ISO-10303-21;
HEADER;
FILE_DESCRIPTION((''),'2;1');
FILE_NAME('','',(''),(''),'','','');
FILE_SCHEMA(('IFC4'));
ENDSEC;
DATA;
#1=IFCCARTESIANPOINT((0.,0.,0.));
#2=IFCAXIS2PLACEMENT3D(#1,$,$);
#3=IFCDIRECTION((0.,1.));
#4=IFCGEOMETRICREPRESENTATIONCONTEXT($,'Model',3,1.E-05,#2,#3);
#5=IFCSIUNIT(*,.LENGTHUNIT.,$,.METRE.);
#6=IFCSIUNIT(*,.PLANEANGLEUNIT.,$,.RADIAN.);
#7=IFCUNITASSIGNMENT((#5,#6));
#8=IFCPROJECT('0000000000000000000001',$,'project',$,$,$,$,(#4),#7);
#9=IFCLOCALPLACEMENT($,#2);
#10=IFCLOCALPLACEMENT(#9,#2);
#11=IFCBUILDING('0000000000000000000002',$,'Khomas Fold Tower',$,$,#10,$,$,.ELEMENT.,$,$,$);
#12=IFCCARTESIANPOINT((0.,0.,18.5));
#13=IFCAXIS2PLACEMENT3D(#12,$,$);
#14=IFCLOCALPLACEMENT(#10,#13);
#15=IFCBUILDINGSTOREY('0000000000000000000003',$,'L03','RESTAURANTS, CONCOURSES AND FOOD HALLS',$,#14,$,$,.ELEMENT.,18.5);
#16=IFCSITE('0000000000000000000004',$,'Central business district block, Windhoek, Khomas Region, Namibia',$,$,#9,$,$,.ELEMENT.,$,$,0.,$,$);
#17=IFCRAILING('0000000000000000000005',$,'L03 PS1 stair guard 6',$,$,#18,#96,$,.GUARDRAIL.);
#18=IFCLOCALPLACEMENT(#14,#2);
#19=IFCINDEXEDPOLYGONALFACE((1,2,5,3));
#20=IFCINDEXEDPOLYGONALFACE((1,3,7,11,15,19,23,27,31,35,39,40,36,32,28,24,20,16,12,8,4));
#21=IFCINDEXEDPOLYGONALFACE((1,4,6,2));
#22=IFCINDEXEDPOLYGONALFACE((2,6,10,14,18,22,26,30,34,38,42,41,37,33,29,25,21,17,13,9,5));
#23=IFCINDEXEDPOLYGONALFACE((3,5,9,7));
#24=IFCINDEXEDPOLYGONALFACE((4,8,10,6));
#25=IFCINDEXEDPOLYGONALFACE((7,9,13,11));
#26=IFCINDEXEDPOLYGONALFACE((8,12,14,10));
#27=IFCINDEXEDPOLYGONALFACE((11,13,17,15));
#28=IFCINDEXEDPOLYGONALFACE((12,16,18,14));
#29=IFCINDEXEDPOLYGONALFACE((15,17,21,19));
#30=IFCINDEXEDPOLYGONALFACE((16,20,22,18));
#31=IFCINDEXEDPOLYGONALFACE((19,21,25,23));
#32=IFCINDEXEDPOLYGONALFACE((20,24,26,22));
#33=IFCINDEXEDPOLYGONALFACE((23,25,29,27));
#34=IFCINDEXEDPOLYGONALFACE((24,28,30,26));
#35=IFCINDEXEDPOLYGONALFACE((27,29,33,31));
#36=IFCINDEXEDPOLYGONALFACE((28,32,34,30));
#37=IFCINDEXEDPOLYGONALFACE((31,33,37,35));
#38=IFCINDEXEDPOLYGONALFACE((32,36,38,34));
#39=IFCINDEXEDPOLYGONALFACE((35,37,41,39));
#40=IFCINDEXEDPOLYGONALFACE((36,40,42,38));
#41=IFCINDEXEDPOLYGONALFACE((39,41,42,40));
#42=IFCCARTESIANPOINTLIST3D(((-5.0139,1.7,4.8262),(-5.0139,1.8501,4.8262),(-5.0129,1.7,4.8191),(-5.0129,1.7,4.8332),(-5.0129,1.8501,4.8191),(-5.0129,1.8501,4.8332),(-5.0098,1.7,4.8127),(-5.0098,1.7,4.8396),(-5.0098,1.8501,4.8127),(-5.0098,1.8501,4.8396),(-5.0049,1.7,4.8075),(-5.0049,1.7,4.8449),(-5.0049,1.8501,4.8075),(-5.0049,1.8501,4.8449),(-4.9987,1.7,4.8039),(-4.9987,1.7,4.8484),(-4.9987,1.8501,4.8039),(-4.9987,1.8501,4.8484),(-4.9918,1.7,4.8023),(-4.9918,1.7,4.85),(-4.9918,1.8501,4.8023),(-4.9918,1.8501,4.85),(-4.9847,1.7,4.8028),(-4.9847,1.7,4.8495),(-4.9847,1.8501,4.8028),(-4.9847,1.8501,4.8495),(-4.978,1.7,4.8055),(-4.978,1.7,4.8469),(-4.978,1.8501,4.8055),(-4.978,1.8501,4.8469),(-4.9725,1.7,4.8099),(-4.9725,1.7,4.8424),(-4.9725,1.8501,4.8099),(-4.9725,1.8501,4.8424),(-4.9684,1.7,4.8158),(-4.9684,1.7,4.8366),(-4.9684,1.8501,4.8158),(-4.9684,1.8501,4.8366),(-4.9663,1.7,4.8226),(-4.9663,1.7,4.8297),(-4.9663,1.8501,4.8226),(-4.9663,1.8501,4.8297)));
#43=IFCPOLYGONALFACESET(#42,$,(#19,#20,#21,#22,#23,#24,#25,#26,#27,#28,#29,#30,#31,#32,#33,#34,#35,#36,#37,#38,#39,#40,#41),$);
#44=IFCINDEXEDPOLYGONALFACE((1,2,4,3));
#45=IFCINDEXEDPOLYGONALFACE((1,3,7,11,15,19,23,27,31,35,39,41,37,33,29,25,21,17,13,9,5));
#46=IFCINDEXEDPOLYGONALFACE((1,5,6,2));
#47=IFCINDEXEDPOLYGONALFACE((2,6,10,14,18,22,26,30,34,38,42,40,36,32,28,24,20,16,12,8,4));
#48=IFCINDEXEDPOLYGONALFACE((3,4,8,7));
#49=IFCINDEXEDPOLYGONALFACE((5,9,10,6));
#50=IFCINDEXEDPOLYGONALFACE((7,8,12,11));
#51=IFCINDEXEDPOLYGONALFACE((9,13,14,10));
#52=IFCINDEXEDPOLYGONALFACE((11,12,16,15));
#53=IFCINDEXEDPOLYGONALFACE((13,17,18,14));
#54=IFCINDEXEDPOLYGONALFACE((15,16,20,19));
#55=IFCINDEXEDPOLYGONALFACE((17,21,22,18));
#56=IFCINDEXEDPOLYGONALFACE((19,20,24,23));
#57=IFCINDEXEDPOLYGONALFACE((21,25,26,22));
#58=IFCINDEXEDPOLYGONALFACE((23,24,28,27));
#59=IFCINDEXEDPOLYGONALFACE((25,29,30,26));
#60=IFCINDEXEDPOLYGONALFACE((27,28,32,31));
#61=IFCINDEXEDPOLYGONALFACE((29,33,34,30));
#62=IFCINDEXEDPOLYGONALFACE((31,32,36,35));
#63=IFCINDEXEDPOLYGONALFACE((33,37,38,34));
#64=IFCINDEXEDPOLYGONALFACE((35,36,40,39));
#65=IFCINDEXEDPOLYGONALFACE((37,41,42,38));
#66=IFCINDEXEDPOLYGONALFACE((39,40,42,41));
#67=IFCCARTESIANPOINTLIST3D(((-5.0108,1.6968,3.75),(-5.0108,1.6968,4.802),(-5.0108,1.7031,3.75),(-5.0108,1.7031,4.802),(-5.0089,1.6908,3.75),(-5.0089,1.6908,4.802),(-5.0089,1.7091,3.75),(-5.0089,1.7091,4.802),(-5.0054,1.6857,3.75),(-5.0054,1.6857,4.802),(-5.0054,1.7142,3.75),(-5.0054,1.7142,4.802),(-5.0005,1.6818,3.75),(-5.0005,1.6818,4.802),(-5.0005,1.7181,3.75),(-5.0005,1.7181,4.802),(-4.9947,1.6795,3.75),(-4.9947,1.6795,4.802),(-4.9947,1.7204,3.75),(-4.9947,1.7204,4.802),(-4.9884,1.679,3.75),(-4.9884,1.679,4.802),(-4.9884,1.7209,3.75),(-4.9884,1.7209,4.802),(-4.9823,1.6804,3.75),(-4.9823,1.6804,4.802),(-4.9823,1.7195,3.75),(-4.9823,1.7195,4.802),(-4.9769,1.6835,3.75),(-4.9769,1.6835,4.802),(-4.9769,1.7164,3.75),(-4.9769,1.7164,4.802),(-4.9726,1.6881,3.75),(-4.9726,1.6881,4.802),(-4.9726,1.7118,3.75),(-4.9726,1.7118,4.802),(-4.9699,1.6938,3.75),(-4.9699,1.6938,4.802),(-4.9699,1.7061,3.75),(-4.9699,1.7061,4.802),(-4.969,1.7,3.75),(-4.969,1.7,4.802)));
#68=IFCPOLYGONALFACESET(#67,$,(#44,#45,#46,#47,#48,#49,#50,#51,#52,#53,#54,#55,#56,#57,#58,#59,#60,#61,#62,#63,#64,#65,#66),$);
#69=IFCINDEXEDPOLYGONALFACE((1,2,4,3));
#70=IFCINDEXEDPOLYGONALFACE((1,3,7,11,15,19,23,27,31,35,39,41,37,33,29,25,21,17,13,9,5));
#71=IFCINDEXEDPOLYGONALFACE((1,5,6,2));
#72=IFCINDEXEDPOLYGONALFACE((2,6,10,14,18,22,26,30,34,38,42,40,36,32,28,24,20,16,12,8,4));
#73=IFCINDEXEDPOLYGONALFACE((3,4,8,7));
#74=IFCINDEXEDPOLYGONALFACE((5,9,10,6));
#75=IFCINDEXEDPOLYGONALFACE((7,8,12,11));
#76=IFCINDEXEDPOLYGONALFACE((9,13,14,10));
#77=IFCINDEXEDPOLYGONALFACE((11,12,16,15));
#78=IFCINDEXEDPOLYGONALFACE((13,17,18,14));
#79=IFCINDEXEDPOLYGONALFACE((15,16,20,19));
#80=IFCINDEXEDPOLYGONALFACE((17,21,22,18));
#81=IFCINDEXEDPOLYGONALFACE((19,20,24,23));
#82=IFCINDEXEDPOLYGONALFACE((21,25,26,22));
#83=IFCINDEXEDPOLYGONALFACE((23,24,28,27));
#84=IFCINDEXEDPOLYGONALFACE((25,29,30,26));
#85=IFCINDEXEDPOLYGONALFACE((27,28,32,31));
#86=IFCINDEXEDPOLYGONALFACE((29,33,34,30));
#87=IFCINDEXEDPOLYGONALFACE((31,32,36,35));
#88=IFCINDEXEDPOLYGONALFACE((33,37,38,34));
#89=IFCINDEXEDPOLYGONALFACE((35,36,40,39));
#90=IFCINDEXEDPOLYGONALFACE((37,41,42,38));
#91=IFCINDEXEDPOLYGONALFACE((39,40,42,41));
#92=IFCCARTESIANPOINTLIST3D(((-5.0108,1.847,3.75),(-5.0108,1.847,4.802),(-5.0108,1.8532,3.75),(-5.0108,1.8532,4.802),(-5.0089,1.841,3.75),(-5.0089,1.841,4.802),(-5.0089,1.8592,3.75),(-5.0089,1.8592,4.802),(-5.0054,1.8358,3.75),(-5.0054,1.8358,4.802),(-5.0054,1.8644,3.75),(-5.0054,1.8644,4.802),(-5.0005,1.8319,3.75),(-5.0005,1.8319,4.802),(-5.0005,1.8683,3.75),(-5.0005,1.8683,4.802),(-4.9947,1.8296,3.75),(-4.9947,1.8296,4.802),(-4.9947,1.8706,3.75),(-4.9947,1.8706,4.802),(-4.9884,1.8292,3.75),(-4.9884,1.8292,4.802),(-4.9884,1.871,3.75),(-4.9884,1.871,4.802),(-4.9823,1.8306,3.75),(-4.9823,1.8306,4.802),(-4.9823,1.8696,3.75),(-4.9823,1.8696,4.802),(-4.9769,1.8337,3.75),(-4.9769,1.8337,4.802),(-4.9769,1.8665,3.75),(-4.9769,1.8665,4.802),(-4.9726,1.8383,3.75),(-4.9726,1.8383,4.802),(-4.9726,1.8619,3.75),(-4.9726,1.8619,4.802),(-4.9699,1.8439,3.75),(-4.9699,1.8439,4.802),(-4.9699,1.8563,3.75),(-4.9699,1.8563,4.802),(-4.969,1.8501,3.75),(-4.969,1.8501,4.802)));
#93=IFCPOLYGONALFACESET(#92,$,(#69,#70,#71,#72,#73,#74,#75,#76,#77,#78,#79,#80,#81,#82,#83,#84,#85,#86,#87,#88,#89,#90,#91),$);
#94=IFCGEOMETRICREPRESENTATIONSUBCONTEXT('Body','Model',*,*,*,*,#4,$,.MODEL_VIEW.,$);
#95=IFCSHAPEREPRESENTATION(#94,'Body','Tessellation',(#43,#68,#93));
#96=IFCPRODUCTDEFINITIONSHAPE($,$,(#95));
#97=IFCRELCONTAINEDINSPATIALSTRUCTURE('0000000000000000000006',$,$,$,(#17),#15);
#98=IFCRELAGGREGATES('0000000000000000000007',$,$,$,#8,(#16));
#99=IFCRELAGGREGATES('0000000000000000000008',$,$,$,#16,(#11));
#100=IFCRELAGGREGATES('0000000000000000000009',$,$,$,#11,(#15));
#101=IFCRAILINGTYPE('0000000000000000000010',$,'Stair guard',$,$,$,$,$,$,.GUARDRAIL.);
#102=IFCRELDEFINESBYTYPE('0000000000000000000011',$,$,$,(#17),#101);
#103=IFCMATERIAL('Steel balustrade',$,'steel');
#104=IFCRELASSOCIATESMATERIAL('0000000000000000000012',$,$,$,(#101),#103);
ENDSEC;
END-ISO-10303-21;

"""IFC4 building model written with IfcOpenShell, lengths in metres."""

from ifc_helpers import new_model, si_unit, direction, frame, origin, origin_2d, place, context, subcontext, project, spatial, circle, extrude, source, transform, mapped, material, type_object, element, save


model = new_model("IFC4")

# Units and contexts
model_context = context("Model", 3, precision=1e-05, world=origin(), true_north=direction((0.0, 1.0)))
body_context = subcontext(model_context, "Body", "Model", "MODEL_VIEW")
ifc_project = project(units=[si_unit("LENGTHUNIT", "METRE"), si_unit("PLANEANGLEUNIT", "RADIAN")], contexts=[model_context])

# Site, building, storey
site_placement = place(None, origin())
site = spatial("IfcSite", under=ifc_project, at=site_placement, Name="Central business district block, Windhoek, Khomas Region, Namibia", CompositionType="ELEMENT", RefElevation=0.0)
building_placement = place(site_placement, origin())
building = spatial("IfcBuilding", under=site, at=building_placement, Name="Khomas Fold Tower", CompositionType="ELEMENT")
storey_placement = place(building_placement, frame((0.0, 0.0, 18.5)))
storey = spatial("IfcBuildingStorey", under=building, at=storey_placement, Name="L03", Description="RESTAURANTS, CONCOURSES AND FOOD HALLS", CompositionType="ELEMENT", Elevation=18.5)

# Railing
ifc_material_1 = material(Name="Steel balustrade", Category="steel")
railing_type = type_object("IfcRailingType", Name="Stair guard", PredefinedType="GUARDRAIL", material=ifc_material_1)
shared_shape_1 = source(origin(), body_context, "Body", "SweptSolid", [
    extrude(circle(Radius=0.0239, at=origin_2d()), frame((0.0, 0.0, 1.0762), z_axis=(0.0, 1.0, 0.0), x_axis=(-1.0, 0.0, 0.0)), (0.0, 0.0, 1.0), 0.1501),
    extrude(circle(Radius=0.021, at=origin_2d()), origin(), (0.0, 0.0, 1.0), 1.052),
    extrude(circle(Radius=0.021, at=origin_2d()), frame((0.0, 0.1501, 0.0)), (0.0, 0.0, 1.0), 1.052),
])
for number, where, name in (
    (1, (-4.99, 1.7, 3.75), "L03 PS1 stair guard 6"),
):
    element("IfcRailing", number, at=place(storey_placement, frame(where)), inside=storey, type_object=railing_type, Name=name, PredefinedType="GUARDRAIL", context=body_context, shape_type="MappedRepresentation", body=[
        mapped(shared_shape_1, transform((0.0, 0.0, 0.0))),
    ])

save(model, "model.ifc")
